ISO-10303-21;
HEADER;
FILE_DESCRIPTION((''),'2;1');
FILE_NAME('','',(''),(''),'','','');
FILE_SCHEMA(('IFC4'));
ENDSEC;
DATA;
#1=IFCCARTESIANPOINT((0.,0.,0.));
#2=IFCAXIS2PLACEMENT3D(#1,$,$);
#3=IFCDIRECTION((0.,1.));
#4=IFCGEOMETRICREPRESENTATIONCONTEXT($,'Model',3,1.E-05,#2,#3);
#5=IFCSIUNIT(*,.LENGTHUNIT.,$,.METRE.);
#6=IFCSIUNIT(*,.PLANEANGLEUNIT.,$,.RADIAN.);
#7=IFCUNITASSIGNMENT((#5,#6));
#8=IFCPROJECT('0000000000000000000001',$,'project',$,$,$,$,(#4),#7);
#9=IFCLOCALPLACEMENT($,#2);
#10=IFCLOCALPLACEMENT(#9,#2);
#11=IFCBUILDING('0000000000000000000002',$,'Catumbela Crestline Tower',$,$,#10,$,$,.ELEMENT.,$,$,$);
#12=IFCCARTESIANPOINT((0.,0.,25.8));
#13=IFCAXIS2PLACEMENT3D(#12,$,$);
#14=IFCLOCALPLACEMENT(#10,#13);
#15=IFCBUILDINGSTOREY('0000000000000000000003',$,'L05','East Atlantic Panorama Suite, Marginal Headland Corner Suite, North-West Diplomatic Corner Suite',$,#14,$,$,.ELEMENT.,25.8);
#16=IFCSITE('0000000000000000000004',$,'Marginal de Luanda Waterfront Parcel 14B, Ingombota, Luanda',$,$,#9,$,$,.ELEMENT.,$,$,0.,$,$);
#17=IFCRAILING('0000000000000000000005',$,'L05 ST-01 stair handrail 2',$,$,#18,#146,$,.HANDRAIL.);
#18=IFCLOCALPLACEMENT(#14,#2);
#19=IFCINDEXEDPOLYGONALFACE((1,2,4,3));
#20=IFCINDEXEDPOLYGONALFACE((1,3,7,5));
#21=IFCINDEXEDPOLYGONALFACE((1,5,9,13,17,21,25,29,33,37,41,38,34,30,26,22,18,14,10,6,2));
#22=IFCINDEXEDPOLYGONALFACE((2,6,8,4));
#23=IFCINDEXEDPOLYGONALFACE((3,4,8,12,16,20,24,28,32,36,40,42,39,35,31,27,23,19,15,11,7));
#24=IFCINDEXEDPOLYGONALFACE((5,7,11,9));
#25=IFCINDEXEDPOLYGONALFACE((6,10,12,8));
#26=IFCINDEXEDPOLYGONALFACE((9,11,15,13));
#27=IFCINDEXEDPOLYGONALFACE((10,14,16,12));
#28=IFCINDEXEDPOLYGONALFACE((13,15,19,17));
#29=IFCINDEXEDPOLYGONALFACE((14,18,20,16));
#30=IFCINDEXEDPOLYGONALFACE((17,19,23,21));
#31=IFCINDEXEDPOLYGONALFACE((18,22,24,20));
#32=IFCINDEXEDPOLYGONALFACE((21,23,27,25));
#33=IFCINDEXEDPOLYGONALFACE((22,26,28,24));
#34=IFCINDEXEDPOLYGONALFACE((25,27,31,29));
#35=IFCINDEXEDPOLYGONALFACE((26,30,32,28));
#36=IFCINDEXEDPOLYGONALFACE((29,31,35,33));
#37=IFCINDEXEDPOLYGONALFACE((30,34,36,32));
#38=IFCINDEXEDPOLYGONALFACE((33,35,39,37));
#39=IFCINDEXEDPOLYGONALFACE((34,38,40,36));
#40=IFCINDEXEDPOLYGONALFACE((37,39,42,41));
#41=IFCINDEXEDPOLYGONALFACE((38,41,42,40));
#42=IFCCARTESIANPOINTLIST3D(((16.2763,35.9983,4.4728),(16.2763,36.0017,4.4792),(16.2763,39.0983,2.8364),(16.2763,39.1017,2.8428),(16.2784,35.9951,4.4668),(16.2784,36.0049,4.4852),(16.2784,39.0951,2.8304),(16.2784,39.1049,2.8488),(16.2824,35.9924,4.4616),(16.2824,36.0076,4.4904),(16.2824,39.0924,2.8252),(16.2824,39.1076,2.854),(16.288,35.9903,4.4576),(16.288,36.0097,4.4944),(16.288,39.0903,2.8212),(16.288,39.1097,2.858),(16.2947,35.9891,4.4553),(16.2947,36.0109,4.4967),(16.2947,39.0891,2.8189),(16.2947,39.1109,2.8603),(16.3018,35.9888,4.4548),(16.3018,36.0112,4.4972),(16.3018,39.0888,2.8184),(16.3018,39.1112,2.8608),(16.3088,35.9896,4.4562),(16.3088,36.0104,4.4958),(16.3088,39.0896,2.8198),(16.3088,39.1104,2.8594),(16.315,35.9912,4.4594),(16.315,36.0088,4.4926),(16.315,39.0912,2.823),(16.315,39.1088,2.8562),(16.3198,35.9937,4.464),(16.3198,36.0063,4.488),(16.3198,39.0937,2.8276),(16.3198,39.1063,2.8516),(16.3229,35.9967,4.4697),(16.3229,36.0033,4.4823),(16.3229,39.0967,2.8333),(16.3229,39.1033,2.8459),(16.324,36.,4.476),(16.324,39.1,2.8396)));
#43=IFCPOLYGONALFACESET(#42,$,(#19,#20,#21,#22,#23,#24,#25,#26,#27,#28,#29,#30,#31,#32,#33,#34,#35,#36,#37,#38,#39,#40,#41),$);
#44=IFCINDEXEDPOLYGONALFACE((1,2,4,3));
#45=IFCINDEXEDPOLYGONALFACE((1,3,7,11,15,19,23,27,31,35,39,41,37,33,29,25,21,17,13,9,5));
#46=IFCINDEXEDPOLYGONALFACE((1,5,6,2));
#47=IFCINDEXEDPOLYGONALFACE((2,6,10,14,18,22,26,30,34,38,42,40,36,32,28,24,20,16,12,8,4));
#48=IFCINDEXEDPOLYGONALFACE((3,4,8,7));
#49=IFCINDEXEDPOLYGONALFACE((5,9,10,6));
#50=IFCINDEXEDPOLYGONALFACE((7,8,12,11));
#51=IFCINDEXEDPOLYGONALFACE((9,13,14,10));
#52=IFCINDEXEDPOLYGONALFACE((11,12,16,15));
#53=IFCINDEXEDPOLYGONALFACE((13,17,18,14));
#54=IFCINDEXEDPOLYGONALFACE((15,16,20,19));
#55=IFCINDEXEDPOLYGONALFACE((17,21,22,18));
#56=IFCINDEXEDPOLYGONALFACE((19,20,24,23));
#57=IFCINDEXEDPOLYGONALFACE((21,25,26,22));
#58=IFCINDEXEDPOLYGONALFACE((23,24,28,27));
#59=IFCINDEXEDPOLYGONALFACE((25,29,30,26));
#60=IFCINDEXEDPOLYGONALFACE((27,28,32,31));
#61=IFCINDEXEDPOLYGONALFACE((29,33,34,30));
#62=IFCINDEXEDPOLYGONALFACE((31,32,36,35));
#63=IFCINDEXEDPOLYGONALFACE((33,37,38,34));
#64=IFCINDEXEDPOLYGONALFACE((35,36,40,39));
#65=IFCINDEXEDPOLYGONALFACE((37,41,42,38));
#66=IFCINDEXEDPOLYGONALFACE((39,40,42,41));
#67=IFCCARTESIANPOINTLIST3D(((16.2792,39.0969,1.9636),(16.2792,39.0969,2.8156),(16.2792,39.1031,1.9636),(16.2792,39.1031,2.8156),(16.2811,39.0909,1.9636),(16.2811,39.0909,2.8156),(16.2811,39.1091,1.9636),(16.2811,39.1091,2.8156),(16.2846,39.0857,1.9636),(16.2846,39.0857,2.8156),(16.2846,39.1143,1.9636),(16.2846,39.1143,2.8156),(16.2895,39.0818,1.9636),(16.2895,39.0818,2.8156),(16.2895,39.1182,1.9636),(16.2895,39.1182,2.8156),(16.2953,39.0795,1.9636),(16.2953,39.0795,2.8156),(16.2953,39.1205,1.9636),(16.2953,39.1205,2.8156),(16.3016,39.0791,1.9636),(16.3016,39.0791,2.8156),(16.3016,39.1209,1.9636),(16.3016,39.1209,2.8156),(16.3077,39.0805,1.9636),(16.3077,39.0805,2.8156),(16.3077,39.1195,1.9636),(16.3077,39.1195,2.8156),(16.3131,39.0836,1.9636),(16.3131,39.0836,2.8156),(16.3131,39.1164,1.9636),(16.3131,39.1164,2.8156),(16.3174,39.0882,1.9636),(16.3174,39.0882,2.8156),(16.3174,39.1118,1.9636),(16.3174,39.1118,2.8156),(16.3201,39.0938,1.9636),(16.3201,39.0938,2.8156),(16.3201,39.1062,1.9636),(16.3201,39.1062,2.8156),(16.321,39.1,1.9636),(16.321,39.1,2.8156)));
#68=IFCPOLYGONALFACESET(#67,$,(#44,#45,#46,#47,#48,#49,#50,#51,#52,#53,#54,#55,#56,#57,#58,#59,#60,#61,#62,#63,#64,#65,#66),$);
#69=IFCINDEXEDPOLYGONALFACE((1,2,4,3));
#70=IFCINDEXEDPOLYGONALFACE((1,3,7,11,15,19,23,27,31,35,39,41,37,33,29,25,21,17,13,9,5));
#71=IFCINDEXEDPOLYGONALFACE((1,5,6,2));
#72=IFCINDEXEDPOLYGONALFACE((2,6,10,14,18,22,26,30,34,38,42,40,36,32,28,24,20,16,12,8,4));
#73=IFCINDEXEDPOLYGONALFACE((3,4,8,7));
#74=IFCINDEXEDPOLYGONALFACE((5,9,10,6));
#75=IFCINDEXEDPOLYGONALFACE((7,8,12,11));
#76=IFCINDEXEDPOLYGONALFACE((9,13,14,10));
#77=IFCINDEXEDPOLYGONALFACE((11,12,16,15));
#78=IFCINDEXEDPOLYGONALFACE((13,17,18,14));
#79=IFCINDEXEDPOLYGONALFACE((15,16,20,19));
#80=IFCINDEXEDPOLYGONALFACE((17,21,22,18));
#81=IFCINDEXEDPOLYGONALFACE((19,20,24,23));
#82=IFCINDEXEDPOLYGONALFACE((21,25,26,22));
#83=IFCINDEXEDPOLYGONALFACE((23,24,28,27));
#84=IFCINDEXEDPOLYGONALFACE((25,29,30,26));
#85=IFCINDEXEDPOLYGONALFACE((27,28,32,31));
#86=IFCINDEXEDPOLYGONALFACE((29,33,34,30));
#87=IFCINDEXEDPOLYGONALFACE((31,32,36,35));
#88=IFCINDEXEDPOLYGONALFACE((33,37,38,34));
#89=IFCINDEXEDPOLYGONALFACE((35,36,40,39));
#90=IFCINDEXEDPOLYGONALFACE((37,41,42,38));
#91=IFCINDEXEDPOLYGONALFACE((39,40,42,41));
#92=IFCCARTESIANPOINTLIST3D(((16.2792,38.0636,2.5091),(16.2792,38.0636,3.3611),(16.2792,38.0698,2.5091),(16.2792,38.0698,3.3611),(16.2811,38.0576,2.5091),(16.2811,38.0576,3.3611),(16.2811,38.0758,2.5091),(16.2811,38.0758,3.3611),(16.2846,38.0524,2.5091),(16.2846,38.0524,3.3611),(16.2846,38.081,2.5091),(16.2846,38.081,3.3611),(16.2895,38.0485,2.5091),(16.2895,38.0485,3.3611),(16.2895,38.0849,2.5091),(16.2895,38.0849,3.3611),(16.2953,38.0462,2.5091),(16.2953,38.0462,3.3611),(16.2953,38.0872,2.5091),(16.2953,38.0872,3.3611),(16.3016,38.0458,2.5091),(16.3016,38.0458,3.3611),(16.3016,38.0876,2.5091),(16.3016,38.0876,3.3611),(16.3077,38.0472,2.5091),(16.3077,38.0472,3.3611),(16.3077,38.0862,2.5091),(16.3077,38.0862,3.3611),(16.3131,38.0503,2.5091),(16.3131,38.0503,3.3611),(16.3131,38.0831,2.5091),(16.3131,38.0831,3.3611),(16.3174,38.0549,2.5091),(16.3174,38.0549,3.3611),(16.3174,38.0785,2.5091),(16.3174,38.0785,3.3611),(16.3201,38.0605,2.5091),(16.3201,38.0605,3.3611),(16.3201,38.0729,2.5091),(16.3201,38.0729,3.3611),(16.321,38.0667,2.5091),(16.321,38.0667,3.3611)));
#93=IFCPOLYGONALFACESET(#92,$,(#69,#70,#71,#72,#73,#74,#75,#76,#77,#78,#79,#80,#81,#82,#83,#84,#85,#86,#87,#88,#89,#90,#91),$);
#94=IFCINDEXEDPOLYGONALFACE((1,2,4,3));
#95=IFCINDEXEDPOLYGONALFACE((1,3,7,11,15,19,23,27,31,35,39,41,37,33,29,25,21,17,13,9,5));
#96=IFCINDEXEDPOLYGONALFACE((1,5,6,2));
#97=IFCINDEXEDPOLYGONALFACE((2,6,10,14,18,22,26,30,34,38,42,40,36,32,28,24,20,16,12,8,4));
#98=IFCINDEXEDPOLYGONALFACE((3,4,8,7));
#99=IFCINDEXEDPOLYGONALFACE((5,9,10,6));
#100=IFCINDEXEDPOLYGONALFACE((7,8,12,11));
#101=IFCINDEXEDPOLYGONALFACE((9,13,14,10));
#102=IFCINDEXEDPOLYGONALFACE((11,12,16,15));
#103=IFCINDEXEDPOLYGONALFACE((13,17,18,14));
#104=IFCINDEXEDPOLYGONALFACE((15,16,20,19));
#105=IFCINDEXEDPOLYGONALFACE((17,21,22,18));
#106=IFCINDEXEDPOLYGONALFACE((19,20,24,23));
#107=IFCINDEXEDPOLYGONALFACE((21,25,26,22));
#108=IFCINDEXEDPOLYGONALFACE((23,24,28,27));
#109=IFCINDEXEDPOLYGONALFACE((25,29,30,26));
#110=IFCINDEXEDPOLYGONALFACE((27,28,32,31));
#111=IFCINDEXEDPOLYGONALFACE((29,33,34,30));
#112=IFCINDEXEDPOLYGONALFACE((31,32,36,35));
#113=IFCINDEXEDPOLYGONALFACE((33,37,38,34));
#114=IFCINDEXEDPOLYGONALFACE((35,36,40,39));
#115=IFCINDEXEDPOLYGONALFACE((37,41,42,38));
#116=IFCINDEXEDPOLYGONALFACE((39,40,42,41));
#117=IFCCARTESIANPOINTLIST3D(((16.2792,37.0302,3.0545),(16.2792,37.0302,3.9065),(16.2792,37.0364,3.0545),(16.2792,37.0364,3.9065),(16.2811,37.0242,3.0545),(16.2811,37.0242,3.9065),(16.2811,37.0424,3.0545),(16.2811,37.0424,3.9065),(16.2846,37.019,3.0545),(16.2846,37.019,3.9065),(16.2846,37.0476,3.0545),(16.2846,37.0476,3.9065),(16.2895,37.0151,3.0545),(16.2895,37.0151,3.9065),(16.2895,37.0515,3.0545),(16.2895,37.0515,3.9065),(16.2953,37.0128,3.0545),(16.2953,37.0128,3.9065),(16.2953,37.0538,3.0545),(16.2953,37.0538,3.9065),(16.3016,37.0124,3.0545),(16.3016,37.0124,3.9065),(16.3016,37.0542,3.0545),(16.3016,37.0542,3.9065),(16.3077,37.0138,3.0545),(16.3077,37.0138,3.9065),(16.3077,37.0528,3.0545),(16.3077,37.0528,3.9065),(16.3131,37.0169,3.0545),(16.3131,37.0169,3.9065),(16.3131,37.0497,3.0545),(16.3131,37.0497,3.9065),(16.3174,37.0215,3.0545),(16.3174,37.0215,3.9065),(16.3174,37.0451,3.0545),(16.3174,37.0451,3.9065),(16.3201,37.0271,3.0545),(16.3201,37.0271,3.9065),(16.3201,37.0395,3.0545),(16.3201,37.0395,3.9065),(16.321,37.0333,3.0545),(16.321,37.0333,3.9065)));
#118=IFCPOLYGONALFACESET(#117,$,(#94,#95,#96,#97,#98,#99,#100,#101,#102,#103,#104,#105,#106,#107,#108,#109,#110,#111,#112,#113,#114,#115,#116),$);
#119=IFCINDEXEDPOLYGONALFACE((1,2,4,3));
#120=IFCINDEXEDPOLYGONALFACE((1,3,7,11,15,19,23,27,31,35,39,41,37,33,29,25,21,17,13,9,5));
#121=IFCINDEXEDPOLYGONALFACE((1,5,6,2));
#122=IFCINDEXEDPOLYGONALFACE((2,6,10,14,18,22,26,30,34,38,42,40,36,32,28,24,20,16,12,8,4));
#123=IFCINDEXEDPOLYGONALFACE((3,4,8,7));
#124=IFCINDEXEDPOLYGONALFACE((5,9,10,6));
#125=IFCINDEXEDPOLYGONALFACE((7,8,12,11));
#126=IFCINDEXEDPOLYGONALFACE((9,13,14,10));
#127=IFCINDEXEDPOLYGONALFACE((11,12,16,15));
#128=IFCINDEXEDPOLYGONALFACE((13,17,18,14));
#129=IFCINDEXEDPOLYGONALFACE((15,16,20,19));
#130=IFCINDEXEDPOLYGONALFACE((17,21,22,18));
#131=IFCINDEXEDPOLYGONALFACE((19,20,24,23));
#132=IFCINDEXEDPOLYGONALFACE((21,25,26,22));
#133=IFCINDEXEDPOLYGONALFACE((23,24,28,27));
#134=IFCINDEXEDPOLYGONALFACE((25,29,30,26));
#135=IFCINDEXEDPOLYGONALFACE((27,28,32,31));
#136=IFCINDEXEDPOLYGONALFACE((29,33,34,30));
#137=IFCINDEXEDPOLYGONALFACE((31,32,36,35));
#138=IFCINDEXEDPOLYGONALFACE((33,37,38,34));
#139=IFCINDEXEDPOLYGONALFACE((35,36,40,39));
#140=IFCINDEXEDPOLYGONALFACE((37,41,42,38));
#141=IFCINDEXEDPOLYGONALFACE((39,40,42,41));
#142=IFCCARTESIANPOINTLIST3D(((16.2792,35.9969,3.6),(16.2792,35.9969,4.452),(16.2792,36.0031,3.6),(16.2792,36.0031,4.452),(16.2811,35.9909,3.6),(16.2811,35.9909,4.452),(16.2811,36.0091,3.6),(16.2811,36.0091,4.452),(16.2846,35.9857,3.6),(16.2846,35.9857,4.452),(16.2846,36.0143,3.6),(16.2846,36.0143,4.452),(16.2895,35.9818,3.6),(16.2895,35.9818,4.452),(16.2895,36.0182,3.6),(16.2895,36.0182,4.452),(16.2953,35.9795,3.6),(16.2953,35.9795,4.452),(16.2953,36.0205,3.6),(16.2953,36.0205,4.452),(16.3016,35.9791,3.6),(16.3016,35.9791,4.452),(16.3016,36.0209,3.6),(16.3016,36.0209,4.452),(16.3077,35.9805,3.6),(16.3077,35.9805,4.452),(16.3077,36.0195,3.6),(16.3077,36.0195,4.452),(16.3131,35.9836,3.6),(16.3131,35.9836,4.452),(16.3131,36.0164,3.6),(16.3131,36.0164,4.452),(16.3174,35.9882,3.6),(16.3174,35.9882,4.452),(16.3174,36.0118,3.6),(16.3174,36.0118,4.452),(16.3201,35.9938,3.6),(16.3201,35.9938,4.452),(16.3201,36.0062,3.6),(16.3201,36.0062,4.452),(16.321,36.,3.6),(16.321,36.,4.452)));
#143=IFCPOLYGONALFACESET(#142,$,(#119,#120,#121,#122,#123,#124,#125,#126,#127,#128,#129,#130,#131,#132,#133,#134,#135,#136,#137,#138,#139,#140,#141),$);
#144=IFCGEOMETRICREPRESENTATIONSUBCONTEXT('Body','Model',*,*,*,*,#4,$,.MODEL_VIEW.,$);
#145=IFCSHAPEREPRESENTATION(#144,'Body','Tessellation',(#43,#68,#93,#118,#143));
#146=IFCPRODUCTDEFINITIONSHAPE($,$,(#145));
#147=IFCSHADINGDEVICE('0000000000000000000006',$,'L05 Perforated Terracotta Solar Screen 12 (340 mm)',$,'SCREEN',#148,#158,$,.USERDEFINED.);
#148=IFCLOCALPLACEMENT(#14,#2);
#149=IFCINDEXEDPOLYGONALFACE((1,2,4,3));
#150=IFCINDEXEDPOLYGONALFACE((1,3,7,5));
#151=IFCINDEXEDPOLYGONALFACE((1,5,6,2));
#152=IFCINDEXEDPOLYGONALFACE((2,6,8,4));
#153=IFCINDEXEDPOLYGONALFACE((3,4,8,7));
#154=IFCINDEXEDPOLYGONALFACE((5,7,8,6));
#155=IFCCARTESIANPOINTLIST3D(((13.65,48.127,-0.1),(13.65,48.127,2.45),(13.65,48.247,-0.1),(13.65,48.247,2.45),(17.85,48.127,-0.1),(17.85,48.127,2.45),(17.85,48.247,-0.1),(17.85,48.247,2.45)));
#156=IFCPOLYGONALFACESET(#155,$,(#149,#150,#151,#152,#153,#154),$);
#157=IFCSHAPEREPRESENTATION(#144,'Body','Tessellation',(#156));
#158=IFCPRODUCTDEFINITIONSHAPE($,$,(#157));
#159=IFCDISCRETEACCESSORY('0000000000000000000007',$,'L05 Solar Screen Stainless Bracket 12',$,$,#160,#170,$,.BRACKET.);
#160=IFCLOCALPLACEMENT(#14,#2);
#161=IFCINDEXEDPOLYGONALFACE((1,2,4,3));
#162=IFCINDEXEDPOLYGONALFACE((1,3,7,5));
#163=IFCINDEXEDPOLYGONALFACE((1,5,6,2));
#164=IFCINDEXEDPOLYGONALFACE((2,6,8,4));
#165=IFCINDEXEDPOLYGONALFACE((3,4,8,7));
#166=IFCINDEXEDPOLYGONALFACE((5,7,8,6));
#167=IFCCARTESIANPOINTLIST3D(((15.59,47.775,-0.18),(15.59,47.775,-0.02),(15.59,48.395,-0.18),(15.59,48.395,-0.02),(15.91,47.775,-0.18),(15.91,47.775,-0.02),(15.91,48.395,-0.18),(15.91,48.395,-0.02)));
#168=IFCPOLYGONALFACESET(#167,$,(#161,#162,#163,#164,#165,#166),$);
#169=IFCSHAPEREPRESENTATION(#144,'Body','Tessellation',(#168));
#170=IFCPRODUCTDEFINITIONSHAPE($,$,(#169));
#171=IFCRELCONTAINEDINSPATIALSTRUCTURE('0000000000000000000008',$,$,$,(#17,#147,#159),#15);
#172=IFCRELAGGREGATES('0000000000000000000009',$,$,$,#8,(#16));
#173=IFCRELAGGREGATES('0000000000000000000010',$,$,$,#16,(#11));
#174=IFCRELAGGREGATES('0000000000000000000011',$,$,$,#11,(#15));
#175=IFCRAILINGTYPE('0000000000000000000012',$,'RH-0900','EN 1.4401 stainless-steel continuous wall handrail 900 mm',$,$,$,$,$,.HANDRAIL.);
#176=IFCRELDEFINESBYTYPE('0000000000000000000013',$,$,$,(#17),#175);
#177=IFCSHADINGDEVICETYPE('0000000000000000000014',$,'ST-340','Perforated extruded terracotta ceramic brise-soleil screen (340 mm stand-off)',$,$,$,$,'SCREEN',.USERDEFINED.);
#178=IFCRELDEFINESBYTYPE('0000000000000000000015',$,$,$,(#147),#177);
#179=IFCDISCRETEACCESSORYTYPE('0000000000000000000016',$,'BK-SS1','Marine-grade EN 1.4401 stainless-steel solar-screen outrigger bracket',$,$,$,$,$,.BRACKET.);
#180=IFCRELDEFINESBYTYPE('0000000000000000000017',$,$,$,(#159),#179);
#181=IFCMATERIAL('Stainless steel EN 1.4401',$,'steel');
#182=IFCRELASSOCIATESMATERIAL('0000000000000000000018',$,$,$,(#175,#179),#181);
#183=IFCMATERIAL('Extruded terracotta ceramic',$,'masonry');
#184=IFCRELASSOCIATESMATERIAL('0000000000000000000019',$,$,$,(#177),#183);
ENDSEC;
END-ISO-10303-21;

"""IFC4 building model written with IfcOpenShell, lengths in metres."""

from ifc_helpers import new_model, si_unit, direction, frame, origin, origin_2d, place, context, subcontext, project, spatial, rectangle, circle, extrude, material, type_object, element, save


model = new_model("IFC4")

# Units and contexts
model_context = context("Model", 3, precision=1e-05, world=origin(), true_north=direction((0.0, 1.0)))
body_context = subcontext(model_context, "Body", "Model", "MODEL_VIEW")
ifc_project = project(units=[si_unit("LENGTHUNIT", "METRE"), si_unit("PLANEANGLEUNIT", "RADIAN")], contexts=[model_context])

# Site, building, storey
site_placement = place(None, origin())
site = spatial("IfcSite", under=ifc_project, at=site_placement, Name="Marginal de Luanda Waterfront Parcel 14B, Ingombota, Luanda", CompositionType="ELEMENT", RefElevation=0.0)
building_placement = place(site_placement, origin())
building = spatial("IfcBuilding", under=site, at=building_placement, Name="Catumbela Crestline Tower", CompositionType="ELEMENT")
storey_placement = place(building_placement, frame((0.0, 0.0, 25.8)))
storey = spatial("IfcBuildingStorey", under=building, at=storey_placement, Name="L05", Description="East Atlantic Panorama Suite, Marginal Headland Corner Suite, North-West Diplomatic Corner Suite", CompositionType="ELEMENT", Elevation=25.8)

# Shared definitions
ifc_material_1 = material(Name="Stainless steel EN 1.4401", Category="steel")

# Shared definitions
ifc_material_2 = material(Name="Extruded terracotta ceramic", Category="masonry")

# Railing
railing_type_1 = type_object("IfcRailingType", Name="RH-0900", Description="EN 1.4401 stainless-steel continuous wall handrail 900 mm", PredefinedType="HANDRAIL", material=ifc_material_1)
railing_1_placement = place(storey_placement, frame((16.3, 39.1, 1.9636)))
element("IfcRailing", 1, at=railing_1_placement, inside=storey, type_object=railing_type_1, Name="L05 ST-01 stair handrail 2", PredefinedType="HANDRAIL", context=body_context, shape_type="SweptSolid", body=[
    extrude(circle(Radius=0.024, at=origin_2d()), frame((0.0, 0.0, 0.876), z_axis=(0.0, -0.884351, 0.466823), x_axis=(1.0, 0.0, 0.0)), (0.0, 0.0, 1.0), 3.5054),
    extrude(circle(Radius=0.021, at=origin_2d()), origin(), (0.0, 0.0, 1.0), 0.852),
    extrude(circle(Radius=0.021, at=origin_2d()), frame((0.0, -1.0333, 0.5455)), (0.0, 0.0, 1.0), 0.852),
    extrude(circle(Radius=0.021, at=origin_2d()), frame((0.0, -2.0667, 1.0909)), (0.0, 0.0, 1.0), 0.852),
    extrude(circle(Radius=0.021, at=origin_2d()), frame((0.0, -3.1, 1.6364)), (0.0, 0.0, 1.0), 0.852),
])

# Shading device
shading_device_type = type_object("IfcShadingDeviceType", Name="ST-340", Description="Perforated extruded terracotta ceramic brise-soleil screen (340 mm stand-off)", ElementType="SCREEN", PredefinedType="USERDEFINED", material=ifc_material_2)
shading_device_placement = place(storey_placement, frame((15.75, 48.187, -0.1), z_axis=(0.0, 0.0, 1.0), x_axis=(-1.0, 0.0, 0.0)))
element("IfcShadingDevice", 2, at=shading_device_placement, inside=storey, type_object=shading_device_type, Name="L05 Perforated Terracotta Solar Screen 12 (340 mm)", ObjectType="SCREEN", PredefinedType="USERDEFINED", context=body_context, shape_type="SweptSolid", body=[
    extrude(rectangle(XDim=4.2, YDim=0.12, at=origin_2d()), origin(), (0.0, 0.0, 1.0), 2.55),
])

# Discrete accessory
discrete_accessory_type = type_object("IfcDiscreteAccessoryType", Name="BK-SS1", Description="Marine-grade EN 1.4401 stainless-steel solar-screen outrigger bracket", PredefinedType="BRACKET", material=ifc_material_1)
discrete_accessory_placement = place(storey_placement, frame((15.75, 48.085, -0.18), z_axis=(0.0, 0.0, 1.0), x_axis=(-1.0, 0.0, 0.0)))
element("IfcDiscreteAccessory", 3, at=discrete_accessory_placement, inside=storey, type_object=discrete_accessory_type, Name="L05 Solar Screen Stainless Bracket 12", PredefinedType="BRACKET", context=body_context, shape_type="SweptSolid", body=[
    extrude(rectangle(XDim=0.32, YDim=0.62, at=origin_2d()), origin(), (0.0, 0.0, 1.0), 0.16),
])

save(model, "model.ifc")
